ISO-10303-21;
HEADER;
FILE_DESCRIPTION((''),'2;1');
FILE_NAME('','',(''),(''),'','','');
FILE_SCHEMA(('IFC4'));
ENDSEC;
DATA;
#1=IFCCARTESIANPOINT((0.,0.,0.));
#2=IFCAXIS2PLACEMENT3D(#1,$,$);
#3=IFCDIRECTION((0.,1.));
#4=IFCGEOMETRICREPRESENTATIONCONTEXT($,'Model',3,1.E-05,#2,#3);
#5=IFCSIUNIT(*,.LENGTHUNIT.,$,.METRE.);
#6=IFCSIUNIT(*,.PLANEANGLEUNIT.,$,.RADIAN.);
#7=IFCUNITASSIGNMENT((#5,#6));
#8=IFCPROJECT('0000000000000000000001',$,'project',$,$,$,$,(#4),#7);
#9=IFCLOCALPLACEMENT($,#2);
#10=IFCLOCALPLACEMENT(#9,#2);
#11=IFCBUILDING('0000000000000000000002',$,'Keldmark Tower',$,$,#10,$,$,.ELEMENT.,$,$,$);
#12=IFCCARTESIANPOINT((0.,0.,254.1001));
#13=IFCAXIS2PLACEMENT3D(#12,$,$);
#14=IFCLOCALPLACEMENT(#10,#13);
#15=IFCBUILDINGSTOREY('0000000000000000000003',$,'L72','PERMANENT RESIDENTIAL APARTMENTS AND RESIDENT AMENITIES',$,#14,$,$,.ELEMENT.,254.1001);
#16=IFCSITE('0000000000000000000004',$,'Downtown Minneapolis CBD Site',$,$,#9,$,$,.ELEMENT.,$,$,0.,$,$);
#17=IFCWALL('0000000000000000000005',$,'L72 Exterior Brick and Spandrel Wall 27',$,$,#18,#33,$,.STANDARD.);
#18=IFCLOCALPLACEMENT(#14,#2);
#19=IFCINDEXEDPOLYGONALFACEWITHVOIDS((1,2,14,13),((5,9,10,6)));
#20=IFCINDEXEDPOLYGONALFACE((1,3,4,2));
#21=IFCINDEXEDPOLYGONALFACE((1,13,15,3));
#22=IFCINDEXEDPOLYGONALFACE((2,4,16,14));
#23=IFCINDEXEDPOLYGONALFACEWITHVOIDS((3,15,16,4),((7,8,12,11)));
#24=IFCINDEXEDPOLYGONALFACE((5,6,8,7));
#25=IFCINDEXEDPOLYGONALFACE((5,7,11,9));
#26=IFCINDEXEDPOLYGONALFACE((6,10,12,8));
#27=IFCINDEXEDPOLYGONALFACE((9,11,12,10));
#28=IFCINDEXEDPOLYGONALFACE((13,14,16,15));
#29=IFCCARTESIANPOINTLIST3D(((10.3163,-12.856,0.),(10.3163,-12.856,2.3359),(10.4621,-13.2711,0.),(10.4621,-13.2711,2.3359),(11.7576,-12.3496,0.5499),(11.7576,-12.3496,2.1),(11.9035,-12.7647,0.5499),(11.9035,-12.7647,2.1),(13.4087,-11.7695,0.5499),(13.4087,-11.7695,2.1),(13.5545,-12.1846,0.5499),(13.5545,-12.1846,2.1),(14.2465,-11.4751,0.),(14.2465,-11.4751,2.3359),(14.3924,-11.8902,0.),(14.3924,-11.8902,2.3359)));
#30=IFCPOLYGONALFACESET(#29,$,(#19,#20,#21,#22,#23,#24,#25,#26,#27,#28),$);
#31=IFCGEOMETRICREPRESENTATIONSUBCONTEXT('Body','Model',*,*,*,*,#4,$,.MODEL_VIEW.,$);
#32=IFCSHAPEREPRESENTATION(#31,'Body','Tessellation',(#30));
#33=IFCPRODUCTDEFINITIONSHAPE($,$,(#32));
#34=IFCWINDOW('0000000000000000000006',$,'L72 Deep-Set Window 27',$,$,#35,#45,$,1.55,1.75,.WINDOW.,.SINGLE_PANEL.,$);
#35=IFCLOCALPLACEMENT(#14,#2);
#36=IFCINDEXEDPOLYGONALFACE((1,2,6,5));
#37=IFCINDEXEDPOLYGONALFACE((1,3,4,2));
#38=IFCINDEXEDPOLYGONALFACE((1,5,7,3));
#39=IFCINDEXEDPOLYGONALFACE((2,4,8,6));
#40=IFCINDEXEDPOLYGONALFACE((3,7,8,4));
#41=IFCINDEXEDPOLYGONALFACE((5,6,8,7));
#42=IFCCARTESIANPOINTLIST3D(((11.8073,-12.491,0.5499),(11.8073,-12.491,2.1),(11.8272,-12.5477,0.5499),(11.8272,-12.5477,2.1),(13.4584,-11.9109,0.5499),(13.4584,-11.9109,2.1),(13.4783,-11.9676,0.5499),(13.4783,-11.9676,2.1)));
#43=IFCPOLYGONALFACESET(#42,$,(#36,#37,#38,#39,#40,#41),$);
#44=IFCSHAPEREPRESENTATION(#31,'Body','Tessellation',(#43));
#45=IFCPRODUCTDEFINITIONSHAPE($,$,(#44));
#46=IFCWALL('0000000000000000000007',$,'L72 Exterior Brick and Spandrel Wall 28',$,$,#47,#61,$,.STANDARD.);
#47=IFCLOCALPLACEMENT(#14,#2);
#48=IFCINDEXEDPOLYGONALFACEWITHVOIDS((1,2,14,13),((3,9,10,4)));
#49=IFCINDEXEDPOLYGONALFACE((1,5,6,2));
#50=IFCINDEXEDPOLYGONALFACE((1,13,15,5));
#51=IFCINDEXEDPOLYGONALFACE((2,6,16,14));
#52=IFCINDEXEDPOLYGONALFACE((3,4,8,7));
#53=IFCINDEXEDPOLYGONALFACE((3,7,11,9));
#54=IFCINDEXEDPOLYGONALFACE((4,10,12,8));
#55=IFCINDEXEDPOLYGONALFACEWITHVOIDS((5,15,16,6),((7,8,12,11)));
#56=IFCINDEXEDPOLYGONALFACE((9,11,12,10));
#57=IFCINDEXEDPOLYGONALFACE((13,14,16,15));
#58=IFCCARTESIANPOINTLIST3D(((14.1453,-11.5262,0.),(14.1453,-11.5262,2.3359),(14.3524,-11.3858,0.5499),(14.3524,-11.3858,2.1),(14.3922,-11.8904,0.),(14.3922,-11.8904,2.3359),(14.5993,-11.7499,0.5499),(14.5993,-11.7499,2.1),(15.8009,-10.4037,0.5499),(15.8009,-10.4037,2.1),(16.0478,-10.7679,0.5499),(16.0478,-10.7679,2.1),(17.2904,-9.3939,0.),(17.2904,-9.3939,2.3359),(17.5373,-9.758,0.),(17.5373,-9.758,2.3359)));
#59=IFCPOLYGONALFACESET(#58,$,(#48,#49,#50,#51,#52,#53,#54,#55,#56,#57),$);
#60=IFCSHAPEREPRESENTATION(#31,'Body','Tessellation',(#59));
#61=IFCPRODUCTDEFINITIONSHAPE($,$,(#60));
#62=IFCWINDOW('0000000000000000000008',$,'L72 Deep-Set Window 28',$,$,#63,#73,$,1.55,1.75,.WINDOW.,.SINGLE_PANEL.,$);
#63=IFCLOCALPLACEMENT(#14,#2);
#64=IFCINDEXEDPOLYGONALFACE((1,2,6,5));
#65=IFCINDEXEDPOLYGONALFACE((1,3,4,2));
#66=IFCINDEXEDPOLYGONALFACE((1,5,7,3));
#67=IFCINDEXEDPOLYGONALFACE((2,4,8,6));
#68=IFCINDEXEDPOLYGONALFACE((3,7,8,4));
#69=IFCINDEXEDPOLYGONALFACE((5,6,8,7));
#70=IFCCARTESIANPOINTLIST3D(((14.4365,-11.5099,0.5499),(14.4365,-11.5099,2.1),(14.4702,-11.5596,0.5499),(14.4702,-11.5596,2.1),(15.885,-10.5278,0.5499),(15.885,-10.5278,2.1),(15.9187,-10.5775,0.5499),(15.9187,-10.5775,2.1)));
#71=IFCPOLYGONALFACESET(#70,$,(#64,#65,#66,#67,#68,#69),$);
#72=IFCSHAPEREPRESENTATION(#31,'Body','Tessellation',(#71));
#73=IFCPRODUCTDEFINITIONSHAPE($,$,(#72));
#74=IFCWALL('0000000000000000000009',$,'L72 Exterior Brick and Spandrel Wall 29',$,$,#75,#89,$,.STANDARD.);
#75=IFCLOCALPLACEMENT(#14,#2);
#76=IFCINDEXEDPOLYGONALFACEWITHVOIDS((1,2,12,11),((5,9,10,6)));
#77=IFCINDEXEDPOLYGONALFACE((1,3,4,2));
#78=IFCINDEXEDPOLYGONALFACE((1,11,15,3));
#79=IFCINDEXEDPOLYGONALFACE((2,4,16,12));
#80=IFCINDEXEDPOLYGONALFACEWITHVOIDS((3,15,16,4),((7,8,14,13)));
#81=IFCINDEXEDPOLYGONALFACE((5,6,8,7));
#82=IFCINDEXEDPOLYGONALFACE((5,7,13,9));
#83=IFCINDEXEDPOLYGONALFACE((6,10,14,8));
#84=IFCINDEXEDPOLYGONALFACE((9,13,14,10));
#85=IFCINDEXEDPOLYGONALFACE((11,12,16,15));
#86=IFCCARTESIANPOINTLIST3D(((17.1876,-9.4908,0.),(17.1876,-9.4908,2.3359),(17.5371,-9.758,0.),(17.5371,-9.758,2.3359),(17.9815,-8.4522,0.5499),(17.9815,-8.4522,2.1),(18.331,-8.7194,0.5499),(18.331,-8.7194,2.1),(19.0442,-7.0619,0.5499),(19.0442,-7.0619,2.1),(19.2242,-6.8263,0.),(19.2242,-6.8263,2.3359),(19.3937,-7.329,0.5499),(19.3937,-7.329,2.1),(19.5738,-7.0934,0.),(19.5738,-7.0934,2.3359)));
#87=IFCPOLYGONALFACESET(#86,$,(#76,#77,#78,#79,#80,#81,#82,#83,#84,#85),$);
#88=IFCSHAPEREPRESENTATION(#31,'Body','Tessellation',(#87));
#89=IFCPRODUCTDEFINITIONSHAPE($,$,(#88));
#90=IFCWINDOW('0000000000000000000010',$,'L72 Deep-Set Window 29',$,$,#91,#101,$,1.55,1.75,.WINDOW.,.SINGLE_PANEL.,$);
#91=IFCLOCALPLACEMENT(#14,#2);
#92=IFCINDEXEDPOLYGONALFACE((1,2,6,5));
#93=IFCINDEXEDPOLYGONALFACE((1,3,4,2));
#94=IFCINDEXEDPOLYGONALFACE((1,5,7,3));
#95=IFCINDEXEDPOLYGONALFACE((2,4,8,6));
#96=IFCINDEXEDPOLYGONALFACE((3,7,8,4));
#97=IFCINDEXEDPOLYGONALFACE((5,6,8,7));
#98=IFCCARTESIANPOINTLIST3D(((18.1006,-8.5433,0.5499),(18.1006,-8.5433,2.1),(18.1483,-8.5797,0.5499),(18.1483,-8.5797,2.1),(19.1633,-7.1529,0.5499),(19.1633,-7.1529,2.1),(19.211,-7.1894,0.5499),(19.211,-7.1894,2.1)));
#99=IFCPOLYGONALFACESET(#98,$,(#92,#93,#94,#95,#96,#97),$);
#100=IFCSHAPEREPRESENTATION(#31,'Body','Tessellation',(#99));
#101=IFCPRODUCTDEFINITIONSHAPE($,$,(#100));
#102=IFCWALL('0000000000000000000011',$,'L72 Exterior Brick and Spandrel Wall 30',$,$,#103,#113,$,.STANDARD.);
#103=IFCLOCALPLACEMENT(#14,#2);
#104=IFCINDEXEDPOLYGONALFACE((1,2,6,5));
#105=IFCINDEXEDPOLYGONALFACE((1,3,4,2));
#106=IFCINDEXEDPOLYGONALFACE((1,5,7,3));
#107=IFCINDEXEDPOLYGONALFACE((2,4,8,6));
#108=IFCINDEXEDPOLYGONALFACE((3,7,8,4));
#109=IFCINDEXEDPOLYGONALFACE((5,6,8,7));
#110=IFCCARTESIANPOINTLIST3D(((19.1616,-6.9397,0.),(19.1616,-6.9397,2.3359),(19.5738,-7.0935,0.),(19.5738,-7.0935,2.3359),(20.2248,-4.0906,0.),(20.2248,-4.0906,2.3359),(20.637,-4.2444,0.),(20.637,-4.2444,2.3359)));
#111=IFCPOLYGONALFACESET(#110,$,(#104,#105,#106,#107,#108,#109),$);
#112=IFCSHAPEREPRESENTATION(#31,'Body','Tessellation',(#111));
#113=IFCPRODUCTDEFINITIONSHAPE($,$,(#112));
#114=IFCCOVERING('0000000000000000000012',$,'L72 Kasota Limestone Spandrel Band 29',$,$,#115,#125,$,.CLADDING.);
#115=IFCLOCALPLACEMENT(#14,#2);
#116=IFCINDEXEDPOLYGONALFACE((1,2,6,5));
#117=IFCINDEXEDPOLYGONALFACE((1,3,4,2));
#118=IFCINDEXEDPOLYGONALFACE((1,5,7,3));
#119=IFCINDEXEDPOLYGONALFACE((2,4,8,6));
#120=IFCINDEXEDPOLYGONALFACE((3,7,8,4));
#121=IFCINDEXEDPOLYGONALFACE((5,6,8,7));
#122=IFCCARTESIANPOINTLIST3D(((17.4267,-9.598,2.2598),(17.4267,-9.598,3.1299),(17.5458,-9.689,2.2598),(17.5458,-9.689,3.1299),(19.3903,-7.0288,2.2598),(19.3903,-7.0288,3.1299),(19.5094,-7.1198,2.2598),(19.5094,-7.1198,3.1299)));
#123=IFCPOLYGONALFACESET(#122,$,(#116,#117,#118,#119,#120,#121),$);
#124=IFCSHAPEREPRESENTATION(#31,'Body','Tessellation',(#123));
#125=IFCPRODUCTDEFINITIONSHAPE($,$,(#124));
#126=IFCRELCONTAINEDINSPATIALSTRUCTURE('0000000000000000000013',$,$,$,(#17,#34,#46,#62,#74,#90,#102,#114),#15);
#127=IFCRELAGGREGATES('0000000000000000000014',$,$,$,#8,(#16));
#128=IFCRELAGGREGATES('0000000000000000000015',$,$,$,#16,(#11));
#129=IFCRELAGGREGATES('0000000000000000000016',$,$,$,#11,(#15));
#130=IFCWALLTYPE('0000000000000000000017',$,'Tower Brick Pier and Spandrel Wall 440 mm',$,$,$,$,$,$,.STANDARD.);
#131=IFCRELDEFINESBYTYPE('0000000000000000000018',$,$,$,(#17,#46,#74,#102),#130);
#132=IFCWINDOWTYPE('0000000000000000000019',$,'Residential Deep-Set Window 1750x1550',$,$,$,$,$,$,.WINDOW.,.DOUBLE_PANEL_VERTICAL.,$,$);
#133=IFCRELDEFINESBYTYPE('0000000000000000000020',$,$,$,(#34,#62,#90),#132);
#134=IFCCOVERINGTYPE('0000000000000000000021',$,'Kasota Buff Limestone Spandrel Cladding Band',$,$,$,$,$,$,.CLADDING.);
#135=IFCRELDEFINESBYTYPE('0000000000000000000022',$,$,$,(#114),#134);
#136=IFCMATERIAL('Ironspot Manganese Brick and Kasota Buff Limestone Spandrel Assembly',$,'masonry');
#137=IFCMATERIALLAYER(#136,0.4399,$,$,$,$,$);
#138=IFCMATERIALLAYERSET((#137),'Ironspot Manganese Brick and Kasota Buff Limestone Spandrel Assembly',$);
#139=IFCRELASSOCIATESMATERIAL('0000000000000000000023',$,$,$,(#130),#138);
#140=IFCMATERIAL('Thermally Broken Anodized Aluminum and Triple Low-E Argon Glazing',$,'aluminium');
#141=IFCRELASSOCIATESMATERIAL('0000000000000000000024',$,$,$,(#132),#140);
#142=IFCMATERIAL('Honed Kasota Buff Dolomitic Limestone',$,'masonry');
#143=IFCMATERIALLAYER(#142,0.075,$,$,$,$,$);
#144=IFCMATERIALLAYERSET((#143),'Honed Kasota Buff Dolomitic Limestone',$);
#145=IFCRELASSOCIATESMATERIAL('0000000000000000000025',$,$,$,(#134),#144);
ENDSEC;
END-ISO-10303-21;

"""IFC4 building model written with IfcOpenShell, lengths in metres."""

from ifc_helpers import new_model, si_unit, direction, frame, frame_2d, origin, origin_2d, place, context, subcontext, project, spatial, rectangle, extrude, material, layer, layer_set, type_object, element, fill, save


model = new_model("IFC4")

# Units and contexts
model_context = context("Model", 3, precision=1e-05, world=origin(), true_north=direction((0.0, 1.0)))
body_context = subcontext(model_context, "Body", "Model", "MODEL_VIEW")
ifc_project = project(units=[si_unit("LENGTHUNIT", "METRE"), si_unit("PLANEANGLEUNIT", "RADIAN")], contexts=[model_context])

# Site, building, storey
site_placement = place(None, origin())
site = spatial("IfcSite", under=ifc_project, at=site_placement, Name="Downtown Minneapolis CBD Site", CompositionType="ELEMENT", RefElevation=0.0)
building_placement = place(site_placement, origin())
building = spatial("IfcBuilding", under=site, at=building_placement, Name="Keldmark Tower", CompositionType="ELEMENT")
storey_placement = place(building_placement, frame((0.0, 0.0, 254.1001)))
storey = spatial("IfcBuildingStorey", under=building, at=storey_placement, Name="L72", Description="PERMANENT RESIDENTIAL APARTMENTS AND RESIDENT AMENITIES", CompositionType="ELEMENT", Elevation=254.1001)

# Walls, openings, windows
ifc_material_1 = material(Name="Ironspot Manganese Brick and Kasota Buff Limestone Spandrel Assembly", Category="masonry")
ifc_layer_1 = layer(ifc_material_1, 0.4399)
ifc_layer_set_1 = layer_set([ifc_layer_1], Name="Ironspot Manganese Brick and Kasota Buff Limestone Spandrel Assembly")
wall_type_1 = type_object("IfcWallType", Name="Tower Brick Pier and Spandrel Wall 440 mm", PredefinedType="STANDARD", material=ifc_layer_set_1)
wall_1_placement = place(storey_placement, frame((14.3196, -11.6826, 0.0), z_axis=(0.0, 0.0, 1.0), x_axis=(-0.943461, -0.331483, 0.0)))
wall_1 = element("IfcWall", 1, at=wall_1_placement, inside=storey, type_object=wall_type_1, Name="L72 Exterior Brick and Spandrel Wall 27", PredefinedType="STANDARD", context=body_context, shape_type="SweptSolid", body=[
    extrude(rectangle(XDim=4.1658, YDim=0.4399, at=frame_2d((2.083, 0.0))), origin(), (0.0, 0.0, 1.0), 2.3359),
])
opening_1_placement = place(wall_1_placement, frame((0.8882, 0.0, 0.55)))
opening_1 = element("IfcOpeningElement", 2, at=opening_1_placement, cuts=wall_1, PredefinedType="OPENING", context=body_context, shape_type="SweptSolid", body=[
    extrude(rectangle(XDim=1.75, YDim=1.55, at=frame_2d((0.875, 0.7749))), frame((0.0, 0.23, 0.0), z_axis=(0.0, -1.0, 0.0), x_axis=(1.0, 0.0, 0.0)), (0.0, 0.0, 1.0), 0.46),
])
ifc_material_2 = material(Name="Thermally Broken Anodized Aluminum and Triple Low-E Argon Glazing", Category="aluminium")
window_type = type_object("IfcWindowType", Name="Residential Deep-Set Window 1750x1550", PartitioningType="DOUBLE_PANEL_VERTICAL", PredefinedType="WINDOW", material=ifc_material_2)
window_1_placement = place(opening_1_placement, origin())
window_1 = element("IfcWindow", 3, at=window_1_placement, inside=storey, type_object=window_type, Name="L72 Deep-Set Window 27", OverallHeight=1.55, OverallWidth=1.75, PartitioningType="SINGLE_PANEL", PredefinedType="WINDOW", context=body_context, shape_type="SweptSolid", body=[
    extrude(rectangle(XDim=1.75, YDim=1.55, at=frame_2d((0.875, 0.7749))), frame((0.0, -0.01, 0.0), z_axis=(0.0, -1.0, 0.0), x_axis=(1.0, 0.0, 0.0)), (0.0, 0.0, 1.0), 0.0601),
])
fill(opening_1, window_1)
wall_2_placement = place(storey_placement, frame((17.4138, -9.5759, 0.0), z_axis=(0.0, 0.0, 1.0), x_axis=(-0.827695, -0.561178, 0.0)))
wall_2 = element("IfcWall", 4, at=wall_2_placement, inside=storey, type_object=wall_type_1, Name="L72 Exterior Brick and Spandrel Wall 28", PredefinedType="STANDARD", context=body_context, shape_type="SweptSolid", body=[
    extrude(rectangle(XDim=3.7998, YDim=0.4399, at=frame_2d((1.8999, 0.0))), origin(), (0.0, 0.0, 1.0), 2.3359),
])
opening_2_placement = place(wall_2_placement, frame((1.7996, 0.0, 0.55)))
opening_2 = element("IfcOpeningElement", 5, at=opening_2_placement, cuts=wall_2, PredefinedType="OPENING", context=body_context, shape_type="SweptSolid", body=[
    extrude(rectangle(XDim=1.75, YDim=1.55, at=frame_2d((0.875, 0.7749))), frame((0.0, 0.23, 0.0), z_axis=(0.0, -1.0, 0.0), x_axis=(1.0, 0.0, 0.0)), (0.0, 0.0, 1.0), 0.46),
])
window_2_placement = place(opening_2_placement, origin())
window_2 = element("IfcWindow", 6, at=window_2_placement, inside=storey, type_object=window_type, Name="L72 Deep-Set Window 28", OverallHeight=1.55, OverallWidth=1.75, PartitioningType="SINGLE_PANEL", PredefinedType="WINDOW", context=body_context, shape_type="SweptSolid", body=[
    extrude(rectangle(XDim=1.75, YDim=1.55, at=frame_2d((0.875, 0.7749))), frame((0.0, -0.01, 0.0), z_axis=(0.0, -1.0, 0.0), x_axis=(1.0, 0.0, 0.0)), (0.0, 0.0, 1.0), 0.0601),
])
fill(opening_2, window_2)
wall_3_placement = place(storey_placement, frame((19.3989, -6.96, 0.0), z_axis=(0.0, 0.0, 1.0), x_axis=(-0.607266, -0.794498, 0.0)))
wall_3 = element("IfcWall", 7, at=wall_3_placement, inside=storey, type_object=wall_type_1, Name="L72 Exterior Brick and Spandrel Wall 29", PredefinedType="STANDARD", context=body_context, shape_type="SweptSolid", body=[
    extrude(rectangle(XDim=3.3538, YDim=0.4399, at=frame_2d((1.6768, 0.0))), origin(), (0.0, 0.0, 1.0), 2.3359),
])
opening_3_placement = place(wall_3_placement, frame((0.2964, 0.0, 0.55)))
opening_3 = element("IfcOpeningElement", 8, at=opening_3_placement, cuts=wall_3, PredefinedType="OPENING", context=body_context, shape_type="SweptSolid", body=[
    extrude(rectangle(XDim=1.75, YDim=1.55, at=frame_2d((0.875, 0.7749))), frame((0.0, 0.23, 0.0), z_axis=(0.0, -1.0, 0.0), x_axis=(1.0, 0.0, 0.0)), (0.0, 0.0, 1.0), 0.46),
])
window_3_placement = place(opening_3_placement, origin())
window_3 = element("IfcWindow", 9, at=window_3_placement, inside=storey, type_object=window_type, Name="L72 Deep-Set Window 29", OverallHeight=1.55, OverallWidth=1.75, PartitioningType="SINGLE_PANEL", PredefinedType="WINDOW", context=body_context, shape_type="SweptSolid", body=[
    extrude(rectangle(XDim=1.75, YDim=1.55, at=frame_2d((0.875, 0.7749))), frame((0.0, -0.01, 0.0), z_axis=(0.0, -1.0, 0.0), x_axis=(1.0, 0.0, 0.0)), (0.0, 0.0, 1.0), 0.0601),
])
fill(opening_3, window_3)

# Wall
wall_4_placement = place(storey_placement, frame((20.4309, -4.1675, 0.0), z_axis=(0.0, 0.0, 1.0), x_axis=(-0.349627, -0.936889, 0.0)))
element("IfcWall", 10, at=wall_4_placement, inside=storey, type_object=wall_type_1, Name="L72 Exterior Brick and Spandrel Wall 30", PredefinedType="STANDARD", context=body_context, shape_type="SweptSolid", body=[
    extrude(rectangle(XDim=3.041, YDim=0.4399, at=frame_2d((1.5205, 0.0))), origin(), (0.0, 0.0, 1.0), 2.3359),
])

# Covering
ifc_material_3 = material(Name="Honed Kasota Buff Dolomitic Limestone", Category="masonry")
ifc_layer_2 = layer(ifc_material_3, 0.075)
ifc_layer_set_2 = layer_set([ifc_layer_2], Name="Honed Kasota Buff Dolomitic Limestone")
covering_type = type_object("IfcCoveringType", Name="Kasota Buff Limestone Spandrel Cladding Band", PredefinedType="CLADDING", material=ifc_layer_set_2)
covering_placement = place(storey_placement, frame((18.468, -8.3589, 2.2598), z_axis=(0.0, 0.0, 1.0), x_axis=(0.607237, 0.794521, 0.0)))
element("IfcCovering", 11, at=covering_placement, inside=storey, type_object=covering_type, Name="L72 Kasota Limestone Spandrel Band 29", PredefinedType="CLADDING", context=body_context, shape_type="SweptSolid", body=[
    extrude(rectangle(XDim=3.2336, YDim=0.1499, at=origin_2d()), origin(), (0.0, 0.0, 1.0), 0.8701),
])

save(model, "model.ifc")
